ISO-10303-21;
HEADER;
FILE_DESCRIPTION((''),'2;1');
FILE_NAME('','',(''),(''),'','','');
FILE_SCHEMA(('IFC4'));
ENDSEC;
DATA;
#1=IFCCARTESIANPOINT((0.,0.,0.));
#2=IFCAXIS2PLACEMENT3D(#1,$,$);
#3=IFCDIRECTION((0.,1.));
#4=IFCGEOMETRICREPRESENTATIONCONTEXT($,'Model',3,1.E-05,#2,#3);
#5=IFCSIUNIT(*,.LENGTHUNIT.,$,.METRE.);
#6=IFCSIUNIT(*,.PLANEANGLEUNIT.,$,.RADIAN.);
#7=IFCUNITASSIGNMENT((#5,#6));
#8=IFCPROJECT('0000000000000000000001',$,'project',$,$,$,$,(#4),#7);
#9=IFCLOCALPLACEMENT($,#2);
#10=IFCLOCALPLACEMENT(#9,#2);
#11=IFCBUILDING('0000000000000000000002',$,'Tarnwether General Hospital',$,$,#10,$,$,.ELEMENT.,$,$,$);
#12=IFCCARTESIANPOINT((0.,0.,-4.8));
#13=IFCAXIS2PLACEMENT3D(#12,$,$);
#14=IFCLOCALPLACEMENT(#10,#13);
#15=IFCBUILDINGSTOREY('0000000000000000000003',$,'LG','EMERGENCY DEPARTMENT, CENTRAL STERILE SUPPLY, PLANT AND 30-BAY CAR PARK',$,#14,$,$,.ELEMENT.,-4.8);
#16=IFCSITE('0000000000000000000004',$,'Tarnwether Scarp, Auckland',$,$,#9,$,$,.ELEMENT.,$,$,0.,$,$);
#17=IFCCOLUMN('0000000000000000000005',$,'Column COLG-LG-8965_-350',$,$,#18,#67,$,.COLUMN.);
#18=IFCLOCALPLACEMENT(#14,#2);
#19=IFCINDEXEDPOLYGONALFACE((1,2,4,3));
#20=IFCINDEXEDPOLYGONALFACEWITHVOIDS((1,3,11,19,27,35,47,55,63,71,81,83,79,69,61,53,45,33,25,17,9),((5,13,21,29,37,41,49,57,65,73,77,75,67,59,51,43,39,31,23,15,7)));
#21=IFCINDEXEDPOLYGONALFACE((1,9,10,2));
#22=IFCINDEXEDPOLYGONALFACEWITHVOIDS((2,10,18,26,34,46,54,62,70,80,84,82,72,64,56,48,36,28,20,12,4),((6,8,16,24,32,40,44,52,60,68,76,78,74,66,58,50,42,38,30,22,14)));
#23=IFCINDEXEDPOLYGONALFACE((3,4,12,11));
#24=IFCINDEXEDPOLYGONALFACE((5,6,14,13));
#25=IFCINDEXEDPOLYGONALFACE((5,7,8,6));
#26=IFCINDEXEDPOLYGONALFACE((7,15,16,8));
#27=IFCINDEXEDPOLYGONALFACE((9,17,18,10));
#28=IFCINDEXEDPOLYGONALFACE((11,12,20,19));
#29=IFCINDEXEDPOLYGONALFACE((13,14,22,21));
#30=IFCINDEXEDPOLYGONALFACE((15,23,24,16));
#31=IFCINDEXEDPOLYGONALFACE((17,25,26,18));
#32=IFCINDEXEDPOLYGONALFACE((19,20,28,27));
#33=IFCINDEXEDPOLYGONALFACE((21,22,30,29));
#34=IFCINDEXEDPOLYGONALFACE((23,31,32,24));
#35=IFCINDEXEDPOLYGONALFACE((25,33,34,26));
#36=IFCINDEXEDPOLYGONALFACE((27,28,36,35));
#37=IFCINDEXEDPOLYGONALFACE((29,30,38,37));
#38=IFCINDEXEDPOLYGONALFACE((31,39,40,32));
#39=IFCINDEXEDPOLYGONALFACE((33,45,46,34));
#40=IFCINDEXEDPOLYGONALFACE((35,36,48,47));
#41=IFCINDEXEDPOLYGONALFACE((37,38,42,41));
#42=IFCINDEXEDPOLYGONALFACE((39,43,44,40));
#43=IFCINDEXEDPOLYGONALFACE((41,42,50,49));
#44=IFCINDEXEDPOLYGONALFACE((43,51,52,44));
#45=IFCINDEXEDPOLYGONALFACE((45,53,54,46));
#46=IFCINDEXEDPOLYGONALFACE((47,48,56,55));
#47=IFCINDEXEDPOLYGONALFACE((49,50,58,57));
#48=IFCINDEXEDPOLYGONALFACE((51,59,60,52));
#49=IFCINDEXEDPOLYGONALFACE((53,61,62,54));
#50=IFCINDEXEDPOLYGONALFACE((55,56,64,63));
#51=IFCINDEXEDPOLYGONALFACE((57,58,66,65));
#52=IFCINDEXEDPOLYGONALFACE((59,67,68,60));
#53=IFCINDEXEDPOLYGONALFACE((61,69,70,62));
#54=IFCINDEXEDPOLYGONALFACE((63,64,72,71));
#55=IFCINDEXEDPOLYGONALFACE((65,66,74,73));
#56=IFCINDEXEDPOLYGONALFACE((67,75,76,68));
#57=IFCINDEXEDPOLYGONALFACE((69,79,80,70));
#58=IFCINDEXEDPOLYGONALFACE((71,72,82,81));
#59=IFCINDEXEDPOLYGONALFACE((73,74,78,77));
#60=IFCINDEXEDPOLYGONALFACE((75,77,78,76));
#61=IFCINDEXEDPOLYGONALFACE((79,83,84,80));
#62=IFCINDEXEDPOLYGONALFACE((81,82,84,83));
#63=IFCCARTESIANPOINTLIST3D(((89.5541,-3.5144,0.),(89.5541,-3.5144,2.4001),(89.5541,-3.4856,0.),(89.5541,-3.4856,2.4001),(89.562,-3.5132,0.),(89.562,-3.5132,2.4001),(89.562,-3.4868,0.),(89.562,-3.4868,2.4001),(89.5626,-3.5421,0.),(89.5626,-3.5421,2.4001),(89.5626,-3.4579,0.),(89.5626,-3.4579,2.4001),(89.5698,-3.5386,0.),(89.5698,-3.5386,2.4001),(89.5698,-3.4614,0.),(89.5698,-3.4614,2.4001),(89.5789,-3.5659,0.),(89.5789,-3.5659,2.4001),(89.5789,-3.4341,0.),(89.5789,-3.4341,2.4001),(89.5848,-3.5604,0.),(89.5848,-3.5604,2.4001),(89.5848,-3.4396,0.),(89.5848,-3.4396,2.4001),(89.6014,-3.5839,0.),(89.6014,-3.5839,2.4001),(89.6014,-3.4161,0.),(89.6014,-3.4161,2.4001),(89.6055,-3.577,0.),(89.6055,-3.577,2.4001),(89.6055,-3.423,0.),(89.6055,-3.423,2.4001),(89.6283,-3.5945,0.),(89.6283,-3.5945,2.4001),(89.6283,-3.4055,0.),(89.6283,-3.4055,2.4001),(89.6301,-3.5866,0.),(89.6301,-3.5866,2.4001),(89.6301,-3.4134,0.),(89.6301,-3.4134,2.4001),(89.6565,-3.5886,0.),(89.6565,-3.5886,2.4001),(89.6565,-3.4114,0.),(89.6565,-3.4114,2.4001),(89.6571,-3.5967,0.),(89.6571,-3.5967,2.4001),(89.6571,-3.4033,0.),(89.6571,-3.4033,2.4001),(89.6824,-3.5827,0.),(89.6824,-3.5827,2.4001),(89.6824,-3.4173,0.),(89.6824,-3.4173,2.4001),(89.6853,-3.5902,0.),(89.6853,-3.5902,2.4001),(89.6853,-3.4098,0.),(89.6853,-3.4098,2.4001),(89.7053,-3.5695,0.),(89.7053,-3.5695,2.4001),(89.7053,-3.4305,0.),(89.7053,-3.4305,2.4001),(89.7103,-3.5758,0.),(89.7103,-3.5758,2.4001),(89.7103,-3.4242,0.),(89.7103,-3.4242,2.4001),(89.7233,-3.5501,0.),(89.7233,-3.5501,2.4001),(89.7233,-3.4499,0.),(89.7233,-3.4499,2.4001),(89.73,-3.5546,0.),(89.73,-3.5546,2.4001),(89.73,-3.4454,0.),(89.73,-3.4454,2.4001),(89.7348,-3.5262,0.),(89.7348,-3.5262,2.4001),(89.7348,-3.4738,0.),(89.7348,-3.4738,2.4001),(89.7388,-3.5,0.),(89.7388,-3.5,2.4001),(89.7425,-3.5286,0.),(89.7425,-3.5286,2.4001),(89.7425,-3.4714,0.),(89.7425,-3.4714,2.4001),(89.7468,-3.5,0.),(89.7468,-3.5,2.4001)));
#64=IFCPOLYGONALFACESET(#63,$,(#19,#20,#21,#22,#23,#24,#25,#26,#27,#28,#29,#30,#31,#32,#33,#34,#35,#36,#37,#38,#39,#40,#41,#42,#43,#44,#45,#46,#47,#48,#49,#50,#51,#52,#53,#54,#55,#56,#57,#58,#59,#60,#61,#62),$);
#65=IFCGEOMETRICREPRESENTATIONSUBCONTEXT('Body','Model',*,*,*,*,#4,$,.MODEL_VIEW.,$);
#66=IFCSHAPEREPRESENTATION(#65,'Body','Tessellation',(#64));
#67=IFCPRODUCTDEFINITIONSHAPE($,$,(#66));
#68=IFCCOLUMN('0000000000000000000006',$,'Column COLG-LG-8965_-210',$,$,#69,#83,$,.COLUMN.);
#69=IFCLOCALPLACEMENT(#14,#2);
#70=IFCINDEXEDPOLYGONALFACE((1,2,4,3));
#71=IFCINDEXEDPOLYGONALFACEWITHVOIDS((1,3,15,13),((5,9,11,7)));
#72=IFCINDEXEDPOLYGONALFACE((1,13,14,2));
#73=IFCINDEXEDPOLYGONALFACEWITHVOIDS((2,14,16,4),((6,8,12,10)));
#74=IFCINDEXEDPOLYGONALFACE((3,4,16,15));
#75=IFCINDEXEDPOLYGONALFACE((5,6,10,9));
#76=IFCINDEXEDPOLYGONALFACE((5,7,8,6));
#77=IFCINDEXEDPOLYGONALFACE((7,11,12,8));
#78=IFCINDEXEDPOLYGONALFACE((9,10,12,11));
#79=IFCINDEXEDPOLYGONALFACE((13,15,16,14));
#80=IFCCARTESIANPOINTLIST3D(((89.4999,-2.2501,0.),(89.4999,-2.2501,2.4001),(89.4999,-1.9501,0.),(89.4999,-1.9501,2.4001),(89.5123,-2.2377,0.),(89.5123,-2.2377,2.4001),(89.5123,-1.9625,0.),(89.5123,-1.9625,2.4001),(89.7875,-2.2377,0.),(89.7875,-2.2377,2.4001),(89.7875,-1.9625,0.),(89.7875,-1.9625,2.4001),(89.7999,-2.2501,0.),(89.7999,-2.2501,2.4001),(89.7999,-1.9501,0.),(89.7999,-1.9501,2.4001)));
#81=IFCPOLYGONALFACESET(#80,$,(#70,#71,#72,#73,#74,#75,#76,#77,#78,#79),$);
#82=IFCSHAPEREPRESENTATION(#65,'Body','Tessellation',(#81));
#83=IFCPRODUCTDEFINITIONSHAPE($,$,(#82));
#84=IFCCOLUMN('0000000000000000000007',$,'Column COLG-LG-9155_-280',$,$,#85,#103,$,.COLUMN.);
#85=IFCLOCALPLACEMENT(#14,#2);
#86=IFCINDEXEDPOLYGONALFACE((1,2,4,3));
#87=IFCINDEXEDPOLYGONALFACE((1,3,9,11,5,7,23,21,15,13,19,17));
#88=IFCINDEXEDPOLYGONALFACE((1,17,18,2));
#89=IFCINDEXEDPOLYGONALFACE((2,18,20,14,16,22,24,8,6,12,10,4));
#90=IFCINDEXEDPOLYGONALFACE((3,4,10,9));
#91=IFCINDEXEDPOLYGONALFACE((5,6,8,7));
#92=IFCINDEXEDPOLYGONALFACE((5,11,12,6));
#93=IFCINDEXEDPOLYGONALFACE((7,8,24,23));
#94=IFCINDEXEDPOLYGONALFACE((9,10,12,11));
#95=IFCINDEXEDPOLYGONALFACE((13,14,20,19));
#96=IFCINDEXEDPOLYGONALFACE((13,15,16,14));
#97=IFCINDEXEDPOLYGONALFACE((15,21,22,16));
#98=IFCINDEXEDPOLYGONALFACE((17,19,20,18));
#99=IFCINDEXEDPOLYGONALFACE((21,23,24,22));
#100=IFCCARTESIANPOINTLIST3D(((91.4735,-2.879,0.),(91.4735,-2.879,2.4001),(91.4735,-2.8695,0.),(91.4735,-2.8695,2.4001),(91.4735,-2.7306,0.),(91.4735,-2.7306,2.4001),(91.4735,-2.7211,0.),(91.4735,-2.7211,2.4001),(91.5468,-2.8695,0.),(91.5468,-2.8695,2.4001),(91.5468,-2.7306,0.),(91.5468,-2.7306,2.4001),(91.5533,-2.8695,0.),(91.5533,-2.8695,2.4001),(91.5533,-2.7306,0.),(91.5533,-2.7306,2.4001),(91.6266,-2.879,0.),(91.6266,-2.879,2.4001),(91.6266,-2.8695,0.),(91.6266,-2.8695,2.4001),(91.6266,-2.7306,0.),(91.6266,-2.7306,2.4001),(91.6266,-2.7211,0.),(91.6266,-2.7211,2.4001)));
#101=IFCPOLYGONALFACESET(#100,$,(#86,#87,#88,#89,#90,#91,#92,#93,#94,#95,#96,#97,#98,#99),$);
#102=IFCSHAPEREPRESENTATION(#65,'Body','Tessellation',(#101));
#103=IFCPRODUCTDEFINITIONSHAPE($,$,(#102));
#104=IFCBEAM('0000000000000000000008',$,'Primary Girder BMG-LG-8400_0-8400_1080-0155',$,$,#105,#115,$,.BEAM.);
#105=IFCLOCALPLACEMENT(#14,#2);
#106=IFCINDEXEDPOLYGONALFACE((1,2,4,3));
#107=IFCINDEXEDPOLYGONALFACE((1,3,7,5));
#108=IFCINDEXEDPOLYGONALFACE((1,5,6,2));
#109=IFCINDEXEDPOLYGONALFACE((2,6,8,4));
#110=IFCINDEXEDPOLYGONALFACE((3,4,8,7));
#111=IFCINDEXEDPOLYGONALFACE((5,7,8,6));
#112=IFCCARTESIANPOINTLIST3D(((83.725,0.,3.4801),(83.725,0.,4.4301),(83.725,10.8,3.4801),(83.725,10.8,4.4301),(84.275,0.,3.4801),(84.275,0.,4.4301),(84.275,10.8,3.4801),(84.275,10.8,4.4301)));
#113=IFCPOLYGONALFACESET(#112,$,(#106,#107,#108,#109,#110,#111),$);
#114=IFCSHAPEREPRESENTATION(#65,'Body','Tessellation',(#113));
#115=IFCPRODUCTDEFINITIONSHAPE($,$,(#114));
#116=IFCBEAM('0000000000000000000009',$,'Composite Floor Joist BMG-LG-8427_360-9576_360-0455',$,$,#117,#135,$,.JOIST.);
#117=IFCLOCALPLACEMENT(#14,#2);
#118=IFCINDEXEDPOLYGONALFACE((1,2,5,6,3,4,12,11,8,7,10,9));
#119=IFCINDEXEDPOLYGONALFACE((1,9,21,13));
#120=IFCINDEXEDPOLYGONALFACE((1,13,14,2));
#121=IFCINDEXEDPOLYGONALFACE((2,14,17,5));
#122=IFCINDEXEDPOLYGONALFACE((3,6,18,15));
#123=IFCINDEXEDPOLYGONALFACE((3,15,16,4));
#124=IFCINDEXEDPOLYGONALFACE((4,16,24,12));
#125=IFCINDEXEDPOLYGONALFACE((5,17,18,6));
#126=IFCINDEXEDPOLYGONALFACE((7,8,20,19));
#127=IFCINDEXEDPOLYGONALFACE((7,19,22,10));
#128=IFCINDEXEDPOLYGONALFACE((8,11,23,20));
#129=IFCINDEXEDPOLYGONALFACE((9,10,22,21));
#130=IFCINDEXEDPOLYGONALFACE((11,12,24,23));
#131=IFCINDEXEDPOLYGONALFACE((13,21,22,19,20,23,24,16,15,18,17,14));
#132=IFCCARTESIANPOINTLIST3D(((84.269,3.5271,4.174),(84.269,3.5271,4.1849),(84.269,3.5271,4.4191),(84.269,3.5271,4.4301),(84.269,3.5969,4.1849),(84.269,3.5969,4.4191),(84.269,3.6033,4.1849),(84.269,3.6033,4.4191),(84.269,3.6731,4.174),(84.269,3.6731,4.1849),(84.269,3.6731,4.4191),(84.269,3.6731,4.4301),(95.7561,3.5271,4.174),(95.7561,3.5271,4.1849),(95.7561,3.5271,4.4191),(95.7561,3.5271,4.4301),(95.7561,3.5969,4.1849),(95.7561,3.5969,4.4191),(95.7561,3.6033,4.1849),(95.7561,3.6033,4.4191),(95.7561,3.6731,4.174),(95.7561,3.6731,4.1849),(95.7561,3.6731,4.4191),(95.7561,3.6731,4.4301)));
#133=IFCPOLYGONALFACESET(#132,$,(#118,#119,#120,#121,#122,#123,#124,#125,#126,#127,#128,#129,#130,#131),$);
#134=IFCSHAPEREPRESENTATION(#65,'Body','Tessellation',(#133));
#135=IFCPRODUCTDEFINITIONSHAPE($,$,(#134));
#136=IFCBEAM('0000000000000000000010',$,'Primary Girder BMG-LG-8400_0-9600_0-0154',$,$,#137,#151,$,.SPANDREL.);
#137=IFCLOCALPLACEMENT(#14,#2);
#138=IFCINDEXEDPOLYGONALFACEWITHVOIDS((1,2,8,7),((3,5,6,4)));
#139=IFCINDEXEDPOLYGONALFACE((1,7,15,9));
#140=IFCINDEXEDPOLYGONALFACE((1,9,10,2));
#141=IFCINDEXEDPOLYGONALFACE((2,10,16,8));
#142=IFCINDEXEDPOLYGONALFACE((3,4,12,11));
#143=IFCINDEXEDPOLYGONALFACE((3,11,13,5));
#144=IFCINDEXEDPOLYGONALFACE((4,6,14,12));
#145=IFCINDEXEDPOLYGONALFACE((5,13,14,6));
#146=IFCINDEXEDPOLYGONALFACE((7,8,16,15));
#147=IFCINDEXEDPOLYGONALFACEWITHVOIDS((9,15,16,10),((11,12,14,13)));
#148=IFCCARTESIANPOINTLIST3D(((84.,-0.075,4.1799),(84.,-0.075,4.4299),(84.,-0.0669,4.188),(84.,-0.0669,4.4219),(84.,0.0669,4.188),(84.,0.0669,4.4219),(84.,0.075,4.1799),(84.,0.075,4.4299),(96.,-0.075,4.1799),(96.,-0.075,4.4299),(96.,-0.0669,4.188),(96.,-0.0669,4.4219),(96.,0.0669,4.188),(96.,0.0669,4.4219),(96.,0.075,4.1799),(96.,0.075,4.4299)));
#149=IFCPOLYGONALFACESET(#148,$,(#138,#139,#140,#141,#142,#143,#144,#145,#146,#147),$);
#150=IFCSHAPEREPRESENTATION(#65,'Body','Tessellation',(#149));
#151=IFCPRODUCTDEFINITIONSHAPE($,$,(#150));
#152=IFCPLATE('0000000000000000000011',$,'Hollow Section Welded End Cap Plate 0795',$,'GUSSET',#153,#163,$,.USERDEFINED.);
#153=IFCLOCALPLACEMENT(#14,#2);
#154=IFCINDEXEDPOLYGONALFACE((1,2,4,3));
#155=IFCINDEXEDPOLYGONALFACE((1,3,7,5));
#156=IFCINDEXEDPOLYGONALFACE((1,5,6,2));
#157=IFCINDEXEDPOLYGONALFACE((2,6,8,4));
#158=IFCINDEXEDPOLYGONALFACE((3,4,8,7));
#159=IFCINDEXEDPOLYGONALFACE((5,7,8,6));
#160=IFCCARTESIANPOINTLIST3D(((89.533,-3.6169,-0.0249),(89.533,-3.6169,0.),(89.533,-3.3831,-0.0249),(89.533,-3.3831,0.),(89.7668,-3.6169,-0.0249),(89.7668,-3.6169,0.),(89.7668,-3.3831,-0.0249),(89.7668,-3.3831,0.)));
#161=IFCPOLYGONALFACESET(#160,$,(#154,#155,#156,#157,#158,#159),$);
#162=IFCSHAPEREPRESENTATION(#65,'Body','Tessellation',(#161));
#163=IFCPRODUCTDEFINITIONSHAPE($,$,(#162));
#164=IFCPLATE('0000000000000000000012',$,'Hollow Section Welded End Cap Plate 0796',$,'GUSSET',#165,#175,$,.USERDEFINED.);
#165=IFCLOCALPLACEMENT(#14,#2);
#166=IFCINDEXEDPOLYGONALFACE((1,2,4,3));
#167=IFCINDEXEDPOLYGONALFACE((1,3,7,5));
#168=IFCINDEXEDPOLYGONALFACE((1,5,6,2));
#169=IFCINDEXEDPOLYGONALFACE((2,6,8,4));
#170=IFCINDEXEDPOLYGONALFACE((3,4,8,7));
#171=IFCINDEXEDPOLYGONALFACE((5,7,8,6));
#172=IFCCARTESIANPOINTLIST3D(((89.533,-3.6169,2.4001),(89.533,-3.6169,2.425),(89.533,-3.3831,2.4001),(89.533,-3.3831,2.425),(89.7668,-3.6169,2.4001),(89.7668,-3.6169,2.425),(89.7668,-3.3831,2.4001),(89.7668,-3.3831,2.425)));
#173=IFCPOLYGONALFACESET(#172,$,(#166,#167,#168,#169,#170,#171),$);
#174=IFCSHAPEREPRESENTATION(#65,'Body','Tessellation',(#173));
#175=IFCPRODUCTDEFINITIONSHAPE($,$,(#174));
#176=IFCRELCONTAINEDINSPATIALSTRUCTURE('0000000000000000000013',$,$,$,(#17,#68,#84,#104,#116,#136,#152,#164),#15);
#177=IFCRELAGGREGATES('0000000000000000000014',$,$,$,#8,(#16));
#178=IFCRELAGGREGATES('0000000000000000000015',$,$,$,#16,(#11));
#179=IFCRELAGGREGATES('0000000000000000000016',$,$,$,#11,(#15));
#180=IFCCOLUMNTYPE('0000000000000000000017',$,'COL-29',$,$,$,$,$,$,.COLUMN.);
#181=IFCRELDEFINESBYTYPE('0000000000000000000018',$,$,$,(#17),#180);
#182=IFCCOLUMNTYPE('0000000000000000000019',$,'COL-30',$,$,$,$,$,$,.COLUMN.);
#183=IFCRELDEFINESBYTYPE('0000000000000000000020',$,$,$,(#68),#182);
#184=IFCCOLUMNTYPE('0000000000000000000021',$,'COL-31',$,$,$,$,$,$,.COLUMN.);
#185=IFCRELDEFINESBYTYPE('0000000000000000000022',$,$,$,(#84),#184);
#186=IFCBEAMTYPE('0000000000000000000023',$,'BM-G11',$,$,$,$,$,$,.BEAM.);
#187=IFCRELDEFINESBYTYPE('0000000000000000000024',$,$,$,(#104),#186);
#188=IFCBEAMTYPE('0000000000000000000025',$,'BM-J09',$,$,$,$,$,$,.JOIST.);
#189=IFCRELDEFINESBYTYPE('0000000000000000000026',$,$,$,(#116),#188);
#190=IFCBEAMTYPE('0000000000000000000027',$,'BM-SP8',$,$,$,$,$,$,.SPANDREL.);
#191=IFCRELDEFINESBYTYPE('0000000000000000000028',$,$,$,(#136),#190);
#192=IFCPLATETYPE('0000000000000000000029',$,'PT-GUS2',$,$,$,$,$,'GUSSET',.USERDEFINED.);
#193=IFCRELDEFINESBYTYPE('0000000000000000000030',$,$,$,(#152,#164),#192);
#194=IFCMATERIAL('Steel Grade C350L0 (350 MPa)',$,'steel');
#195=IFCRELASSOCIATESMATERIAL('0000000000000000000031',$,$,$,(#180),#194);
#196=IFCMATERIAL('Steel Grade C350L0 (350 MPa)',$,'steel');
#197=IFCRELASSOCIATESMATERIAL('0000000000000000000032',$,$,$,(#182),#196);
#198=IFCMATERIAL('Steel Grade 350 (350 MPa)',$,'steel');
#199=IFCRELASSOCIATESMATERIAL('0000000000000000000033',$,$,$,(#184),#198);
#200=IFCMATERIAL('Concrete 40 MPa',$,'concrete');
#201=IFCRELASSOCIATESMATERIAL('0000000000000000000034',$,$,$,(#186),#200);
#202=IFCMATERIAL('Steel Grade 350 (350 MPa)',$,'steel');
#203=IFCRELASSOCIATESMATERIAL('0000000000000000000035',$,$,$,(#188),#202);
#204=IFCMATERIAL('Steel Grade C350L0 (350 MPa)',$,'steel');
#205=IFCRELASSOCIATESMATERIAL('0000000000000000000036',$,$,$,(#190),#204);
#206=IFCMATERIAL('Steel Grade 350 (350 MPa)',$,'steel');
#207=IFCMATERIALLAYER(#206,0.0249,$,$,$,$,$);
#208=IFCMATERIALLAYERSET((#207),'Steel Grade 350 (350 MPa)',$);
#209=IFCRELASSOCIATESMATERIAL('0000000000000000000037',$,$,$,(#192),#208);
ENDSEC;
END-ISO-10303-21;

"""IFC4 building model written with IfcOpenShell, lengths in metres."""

from ifc_helpers import new_model, si_unit, direction, frame, origin, origin_2d, place, context, subcontext, project, spatial, rectangle, hollow_rectangle, hollow_circle, i_section, extrude, material, layer, layer_set, material_profile, profile_set, type_object, element, save


model = new_model("IFC4")

# Units and contexts
model_context = context("Model", 3, precision=1e-05, world=origin(), true_north=direction((0.0, 1.0)))
body_context = subcontext(model_context, "Body", "Model", "MODEL_VIEW")
ifc_project = project(units=[si_unit("LENGTHUNIT", "METRE"), si_unit("PLANEANGLEUNIT", "RADIAN")], contexts=[model_context])

# Site, building, storey
site_placement = place(None, origin())
site = spatial("IfcSite", under=ifc_project, at=site_placement, Name="Tarnwether Scarp, Auckland", CompositionType="ELEMENT", RefElevation=0.0)
building_placement = place(site_placement, origin())
building = spatial("IfcBuilding", under=site, at=building_placement, Name="Tarnwether General Hospital", CompositionType="ELEMENT")
storey_placement = place(building_placement, frame((0.0, 0.0, -4.8)))
storey = spatial("IfcBuildingStorey", under=building, at=storey_placement, Name="LG", Description="EMERGENCY DEPARTMENT, CENTRAL STERILE SUPPLY, PLANT AND 30-BAY CAR PARK", CompositionType="ELEMENT", Elevation=-4.8)

# Columns
ifc_material_1 = material(Name="Steel Grade C350L0 (350 MPa)", Category="steel")
ifc_material_profile_1 = material_profile(ifc_material_1, hollow_circle(Radius=0.0969, WallThickness=0.0081, at=origin_2d()), Name="CHS193.7x8.0")
ifc_profile_set_1 = profile_set([ifc_material_profile_1], Name="Steel Grade C350L0 (350 MPa)")
column_type_1 = type_object("IfcColumnType", Name="COL-29", PredefinedType="COLUMN", material=ifc_profile_set_1)
column_1_placement = place(storey_placement, frame((89.6499, -3.5, 0.0), z_axis=(0.0, 0.0, 1.0), x_axis=(1.0, 0.0, 0.0)))
element("IfcColumn", 1, at=column_1_placement, inside=storey, type_object=column_type_1, Name="Column COLG-LG-8965_-350", PredefinedType="COLUMN", context=body_context, shape_type="SweptSolid", body=[
    extrude(hollow_circle(Radius=0.0969, WallThickness=0.0081, at=origin_2d()), origin(), (0.0, 0.0, 1.0), 2.4001),
])
ifc_material_2 = material(Name="Steel Grade C350L0 (350 MPa)", Category="steel")
ifc_material_profile_2 = material_profile(ifc_material_2, hollow_rectangle(XDim=0.3, YDim=0.3, WallThickness=0.0125, at=origin_2d()), Name="SHS300x300x12.5")
ifc_profile_set_2 = profile_set([ifc_material_profile_2], Name="Steel Grade C350L0 (350 MPa)")
column_type_2 = type_object("IfcColumnType", Name="COL-30", PredefinedType="COLUMN", material=ifc_profile_set_2)
column_2_placement = place(storey_placement, frame((89.6499, -2.1001, 0.0), z_axis=(0.0, 0.0, 1.0), x_axis=(1.0, 0.0, 0.0)))
element("IfcColumn", 2, at=column_2_placement, inside=storey, type_object=column_type_2, Name="Column COLG-LG-8965_-210", PredefinedType="COLUMN", context=body_context, shape_type="SweptSolid", body=[
    extrude(hollow_rectangle(XDim=0.3, YDim=0.3, WallThickness=0.0125, at=origin_2d()), origin(), (0.0, 0.0, 1.0), 2.4001),
])
ifc_material_3 = material(Name="Steel Grade 350 (350 MPa)", Category="steel")
ifc_material_profile_3 = material_profile(ifc_material_3, i_section(OverallWidth=0.1531, OverallDepth=0.158, WebThickness=0.0066, FlangeThickness=0.0095, at=origin_2d()), Name="150UC30.0")
ifc_profile_set_3 = profile_set([ifc_material_profile_3], Name="Steel Grade 350 (350 MPa)")
column_type_3 = type_object("IfcColumnType", Name="COL-31", PredefinedType="COLUMN", material=ifc_profile_set_3)
column_3_placement = place(storey_placement, frame((91.55, -2.8, 0.0), z_axis=(0.0, 0.0, 1.0), x_axis=(1.0, 0.0, 0.0)))
element("IfcColumn", 3, at=column_3_placement, inside=storey, type_object=column_type_3, Name="Column COLG-LG-9155_-280", PredefinedType="COLUMN", context=body_context, shape_type="SweptSolid", body=[
    extrude(i_section(OverallWidth=0.1531, OverallDepth=0.158, WebThickness=0.0066, FlangeThickness=0.0095, at=origin_2d()), origin(), (0.0, 0.0, 1.0), 2.4001),
])

# Beams
ifc_material_4 = material(Name="Concrete 40 MPa", Category="concrete")
ifc_material_profile_4 = material_profile(ifc_material_4, rectangle(XDim=0.55, YDim=0.95, at=origin_2d()), Name="RC-BM-550x950")
ifc_profile_set_4 = profile_set([ifc_material_profile_4], Name="Concrete 40 MPa")
beam_type_1 = type_object("IfcBeamType", Name="BM-G11", PredefinedType="BEAM", material=ifc_profile_set_4)
beam_1_placement = place(storey_placement, frame((84.0, 0.0, 3.9551), z_axis=(0.0, 1.0, 0.0), x_axis=(-1.0, 0.0, 0.0)))
element("IfcBeam", 4, at=beam_1_placement, inside=storey, type_object=beam_type_1, Name="Primary Girder BMG-LG-8400_0-8400_1080-0155", PredefinedType="BEAM", context=body_context, shape_type="SweptSolid", body=[
    extrude(rectangle(XDim=0.55, YDim=0.95, at=origin_2d()), origin(), (0.0, 0.0, 1.0), 10.8),
])
ifc_material_5 = material(Name="Steel Grade 350 (350 MPa)", Category="steel")
ifc_material_profile_5 = material_profile(ifc_material_5, i_section(OverallWidth=0.146, OverallDepth=0.2561, WebThickness=0.0063, FlangeThickness=0.011, at=origin_2d()), Name="250UB37.3")
ifc_profile_set_5 = profile_set([ifc_material_profile_5], Name="Steel Grade 350 (350 MPa)")
beam_type_2 = type_object("IfcBeamType", Name="BM-J09", PredefinedType="JOIST", material=ifc_profile_set_5)
beam_2_placement = place(storey_placement, frame((84.269, 3.6001, 4.302), z_axis=(1.0, 0.0, 0.0), x_axis=(0.0, 1.0, 0.0)))
element("IfcBeam", 5, at=beam_2_placement, inside=storey, type_object=beam_type_2, Name="Composite Floor Joist BMG-LG-8427_360-9576_360-0455", PredefinedType="JOIST", context=body_context, shape_type="SweptSolid", body=[
    extrude(i_section(OverallWidth=0.146, OverallDepth=0.2561, WebThickness=0.0063, FlangeThickness=0.011, at=origin_2d()), origin(), (0.0, 0.0, 1.0), 11.4871),
])
ifc_material_6 = material(Name="Steel Grade C350L0 (350 MPa)", Category="steel")
ifc_material_profile_6 = material_profile(ifc_material_6, hollow_rectangle(XDim=0.1499, YDim=0.25, WallThickness=0.0081, at=origin_2d()), Name="RHS250x150x8")
ifc_profile_set_6 = profile_set([ifc_material_profile_6], Name="Steel Grade C350L0 (350 MPa)")
beam_type_3 = type_object("IfcBeamType", Name="BM-SP8", PredefinedType="SPANDREL", material=ifc_profile_set_6)
beam_3_placement = place(storey_placement, frame((84.0, 0.0, 4.3049), z_axis=(1.0, 0.0, 0.0), x_axis=(0.0, 1.0, 0.0)))
element("IfcBeam", 6, at=beam_3_placement, inside=storey, type_object=beam_type_3, Name="Primary Girder BMG-LG-8400_0-9600_0-0154", PredefinedType="SPANDREL", context=body_context, shape_type="SweptSolid", body=[
    extrude(hollow_rectangle(XDim=0.1499, YDim=0.25, WallThickness=0.0081, at=origin_2d()), origin(), (0.0, 0.0, 1.0), 12.0),
])

# Plates
ifc_material_7 = material(Name="Steel Grade 350 (350 MPa)", Category="steel")
ifc_layer = layer(ifc_material_7, 0.0249)
ifc_layer_set = layer_set([ifc_layer], Name="Steel Grade 350 (350 MPa)")
plate_type = type_object("IfcPlateType", Name="PT-GUS2", ElementType="GUSSET", PredefinedType="USERDEFINED", material=ifc_layer_set)
for number, where, z_axis, x_axis, name in (
    (7, (89.6499, -3.5, -0.0249), (0.0, 0.0, 1.0), (1.0, 0.0, 0.0), "Hollow Section Welded End Cap Plate 0795"),
    (8, (89.6499, -3.5, 2.4001), (0.0, 0.0, 1.0), (1.0, 0.0, 0.0), "Hollow Section Welded End Cap Plate 0796"),
):
    element("IfcPlate", number, at=place(storey_placement, frame(where, z_axis=z_axis, x_axis=x_axis)), inside=storey, type_object=plate_type, Name=name, ObjectType="GUSSET", PredefinedType="USERDEFINED", context=body_context, shape_type="SweptSolid", body=[
        extrude(rectangle(XDim=0.2339, YDim=0.2339, at=origin_2d()), origin(), (0.0, 0.0, 1.0), 0.0249),
    ])

save(model, "model.ifc")
